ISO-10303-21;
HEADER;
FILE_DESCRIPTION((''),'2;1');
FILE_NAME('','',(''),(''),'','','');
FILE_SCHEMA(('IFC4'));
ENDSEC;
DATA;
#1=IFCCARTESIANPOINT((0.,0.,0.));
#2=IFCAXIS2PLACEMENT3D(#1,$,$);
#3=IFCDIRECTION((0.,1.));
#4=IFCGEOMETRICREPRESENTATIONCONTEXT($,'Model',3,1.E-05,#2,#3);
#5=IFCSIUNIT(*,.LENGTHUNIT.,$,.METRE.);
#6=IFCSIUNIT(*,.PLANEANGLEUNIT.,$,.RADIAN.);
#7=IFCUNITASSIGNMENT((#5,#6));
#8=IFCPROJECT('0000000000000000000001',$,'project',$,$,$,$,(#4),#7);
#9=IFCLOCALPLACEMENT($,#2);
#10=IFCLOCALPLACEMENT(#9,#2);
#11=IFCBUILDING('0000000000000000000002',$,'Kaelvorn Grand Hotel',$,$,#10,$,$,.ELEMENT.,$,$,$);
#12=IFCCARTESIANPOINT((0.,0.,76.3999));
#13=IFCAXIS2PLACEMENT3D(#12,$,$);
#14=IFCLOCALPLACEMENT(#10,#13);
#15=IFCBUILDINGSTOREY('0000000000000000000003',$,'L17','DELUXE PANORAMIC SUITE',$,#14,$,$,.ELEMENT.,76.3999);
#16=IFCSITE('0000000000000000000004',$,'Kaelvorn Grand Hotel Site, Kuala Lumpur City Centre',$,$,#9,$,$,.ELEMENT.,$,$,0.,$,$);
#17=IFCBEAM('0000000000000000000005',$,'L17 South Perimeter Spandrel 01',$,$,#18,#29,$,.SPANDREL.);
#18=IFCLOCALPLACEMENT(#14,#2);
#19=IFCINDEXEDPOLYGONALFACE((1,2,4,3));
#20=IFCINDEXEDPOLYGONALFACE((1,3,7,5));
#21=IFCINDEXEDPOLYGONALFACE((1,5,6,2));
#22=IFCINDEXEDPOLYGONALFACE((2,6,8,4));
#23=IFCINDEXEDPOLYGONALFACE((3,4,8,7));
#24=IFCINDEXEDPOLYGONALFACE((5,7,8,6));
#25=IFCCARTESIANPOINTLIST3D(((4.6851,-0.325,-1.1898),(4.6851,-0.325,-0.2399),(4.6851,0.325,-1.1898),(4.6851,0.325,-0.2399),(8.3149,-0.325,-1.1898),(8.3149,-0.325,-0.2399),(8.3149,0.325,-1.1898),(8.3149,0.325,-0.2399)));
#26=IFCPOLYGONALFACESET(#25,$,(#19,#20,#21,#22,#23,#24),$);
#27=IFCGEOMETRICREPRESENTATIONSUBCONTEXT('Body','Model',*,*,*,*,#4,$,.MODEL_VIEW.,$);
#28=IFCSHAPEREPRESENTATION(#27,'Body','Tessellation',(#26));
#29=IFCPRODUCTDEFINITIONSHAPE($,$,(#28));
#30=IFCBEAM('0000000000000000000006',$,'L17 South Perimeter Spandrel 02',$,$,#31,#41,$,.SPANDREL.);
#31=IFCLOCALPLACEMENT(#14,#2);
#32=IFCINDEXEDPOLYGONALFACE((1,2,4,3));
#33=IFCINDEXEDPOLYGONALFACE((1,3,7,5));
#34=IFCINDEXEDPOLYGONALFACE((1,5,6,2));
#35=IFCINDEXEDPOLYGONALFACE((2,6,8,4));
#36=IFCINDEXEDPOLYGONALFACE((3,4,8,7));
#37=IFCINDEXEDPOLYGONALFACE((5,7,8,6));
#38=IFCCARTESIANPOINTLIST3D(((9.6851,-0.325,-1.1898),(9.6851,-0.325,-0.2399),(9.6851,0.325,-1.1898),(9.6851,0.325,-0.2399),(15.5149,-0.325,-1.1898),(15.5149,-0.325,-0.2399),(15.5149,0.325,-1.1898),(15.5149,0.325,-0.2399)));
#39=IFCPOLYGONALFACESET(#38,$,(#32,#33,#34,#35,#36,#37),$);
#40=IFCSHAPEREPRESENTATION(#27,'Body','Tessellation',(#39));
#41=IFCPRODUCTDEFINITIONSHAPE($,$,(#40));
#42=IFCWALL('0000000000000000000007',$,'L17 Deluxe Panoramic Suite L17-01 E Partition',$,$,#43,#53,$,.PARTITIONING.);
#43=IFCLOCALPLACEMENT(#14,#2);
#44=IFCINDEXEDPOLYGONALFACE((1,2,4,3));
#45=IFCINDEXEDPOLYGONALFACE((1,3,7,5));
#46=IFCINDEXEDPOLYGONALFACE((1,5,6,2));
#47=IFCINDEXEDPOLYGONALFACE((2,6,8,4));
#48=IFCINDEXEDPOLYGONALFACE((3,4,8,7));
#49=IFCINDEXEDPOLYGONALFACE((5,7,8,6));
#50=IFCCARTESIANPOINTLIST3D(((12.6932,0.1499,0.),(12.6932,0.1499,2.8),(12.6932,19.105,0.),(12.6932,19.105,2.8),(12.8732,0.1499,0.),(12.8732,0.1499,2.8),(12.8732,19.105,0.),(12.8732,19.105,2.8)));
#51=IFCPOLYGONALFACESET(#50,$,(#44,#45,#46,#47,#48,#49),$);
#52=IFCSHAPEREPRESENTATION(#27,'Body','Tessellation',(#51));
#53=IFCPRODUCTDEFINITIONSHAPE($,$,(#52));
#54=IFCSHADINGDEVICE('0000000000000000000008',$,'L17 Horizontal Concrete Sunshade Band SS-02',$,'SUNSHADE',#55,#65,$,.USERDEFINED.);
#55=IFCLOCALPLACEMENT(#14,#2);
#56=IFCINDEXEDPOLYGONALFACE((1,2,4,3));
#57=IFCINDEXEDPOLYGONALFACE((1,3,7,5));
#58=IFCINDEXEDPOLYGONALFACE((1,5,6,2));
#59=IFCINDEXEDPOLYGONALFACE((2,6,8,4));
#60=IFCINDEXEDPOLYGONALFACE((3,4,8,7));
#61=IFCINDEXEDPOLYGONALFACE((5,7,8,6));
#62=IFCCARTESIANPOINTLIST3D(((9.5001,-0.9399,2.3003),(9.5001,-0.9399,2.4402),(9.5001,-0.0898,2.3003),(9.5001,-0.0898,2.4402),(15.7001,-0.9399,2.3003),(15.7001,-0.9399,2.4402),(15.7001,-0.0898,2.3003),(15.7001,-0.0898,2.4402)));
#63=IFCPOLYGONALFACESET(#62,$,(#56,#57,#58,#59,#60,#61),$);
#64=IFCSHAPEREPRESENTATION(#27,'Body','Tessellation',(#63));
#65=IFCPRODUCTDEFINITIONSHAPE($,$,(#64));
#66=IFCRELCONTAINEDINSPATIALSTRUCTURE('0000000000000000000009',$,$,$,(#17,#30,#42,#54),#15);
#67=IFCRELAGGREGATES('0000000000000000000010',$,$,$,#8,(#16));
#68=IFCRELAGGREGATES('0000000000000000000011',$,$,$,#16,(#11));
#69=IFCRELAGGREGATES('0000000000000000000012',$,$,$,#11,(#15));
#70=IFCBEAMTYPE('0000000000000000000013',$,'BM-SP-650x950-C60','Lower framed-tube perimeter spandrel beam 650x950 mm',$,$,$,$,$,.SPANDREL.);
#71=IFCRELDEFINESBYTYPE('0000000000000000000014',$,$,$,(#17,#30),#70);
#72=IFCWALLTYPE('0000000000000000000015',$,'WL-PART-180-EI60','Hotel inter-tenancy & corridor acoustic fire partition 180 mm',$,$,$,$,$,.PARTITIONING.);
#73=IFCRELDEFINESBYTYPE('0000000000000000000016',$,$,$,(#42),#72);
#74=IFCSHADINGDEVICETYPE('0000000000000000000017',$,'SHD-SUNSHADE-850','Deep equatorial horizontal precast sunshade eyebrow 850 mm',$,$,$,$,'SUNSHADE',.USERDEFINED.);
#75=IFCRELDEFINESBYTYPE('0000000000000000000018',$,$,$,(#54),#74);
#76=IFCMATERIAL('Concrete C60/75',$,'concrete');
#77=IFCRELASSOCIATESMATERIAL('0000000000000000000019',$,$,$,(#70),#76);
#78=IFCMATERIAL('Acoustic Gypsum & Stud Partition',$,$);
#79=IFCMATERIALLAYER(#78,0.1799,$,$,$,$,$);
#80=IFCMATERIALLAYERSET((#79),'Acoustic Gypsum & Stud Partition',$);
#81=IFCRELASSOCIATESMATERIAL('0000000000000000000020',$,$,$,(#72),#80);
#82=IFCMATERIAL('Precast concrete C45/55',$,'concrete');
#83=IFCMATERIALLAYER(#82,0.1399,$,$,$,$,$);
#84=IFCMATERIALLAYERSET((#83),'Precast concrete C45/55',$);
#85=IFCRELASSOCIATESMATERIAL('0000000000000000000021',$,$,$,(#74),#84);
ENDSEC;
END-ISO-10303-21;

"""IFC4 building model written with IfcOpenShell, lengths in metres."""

from ifc_helpers import new_model, si_unit, direction, frame, frame_2d, origin, origin_2d, place, context, subcontext, project, spatial, rectangle, extrude, material, layer, layer_set, material_profile, profile_set, type_object, element, save


model = new_model("IFC4")

# Units and contexts
model_context = context("Model", 3, precision=1e-05, world=origin(), true_north=direction((0.0, 1.0)))
body_context = subcontext(model_context, "Body", "Model", "MODEL_VIEW")
ifc_project = project(units=[si_unit("LENGTHUNIT", "METRE"), si_unit("PLANEANGLEUNIT", "RADIAN")], contexts=[model_context])

# Site, building, storey
site_placement = place(None, origin())
site = spatial("IfcSite", under=ifc_project, at=site_placement, Name="Kaelvorn Grand Hotel Site, Kuala Lumpur City Centre", CompositionType="ELEMENT", RefElevation=0.0)
building_placement = place(site_placement, origin())
building = spatial("IfcBuilding", under=site, at=building_placement, Name="Kaelvorn Grand Hotel", CompositionType="ELEMENT")
storey_placement = place(building_placement, frame((0.0, 0.0, 76.3999)))
storey = spatial("IfcBuildingStorey", under=building, at=storey_placement, Name="L17", Description="DELUXE PANORAMIC SUITE", CompositionType="ELEMENT", Elevation=76.3999)

# Beams
ifc_material_1 = material(Name="Concrete C60/75", Category="concrete")
ifc_material_profile_1 = material_profile(ifc_material_1, rectangle(XDim=0.6499, YDim=0.95, at=origin_2d()), Name="RC SPANDREL 650x950")
ifc_profile_set_1 = profile_set([ifc_material_profile_1], Name="Concrete C60/75")
beam_type_1 = type_object("IfcBeamType", Name="BM-SP-650x950-C60", Description="Lower framed-tube perimeter spandrel beam 650x950 mm", PredefinedType="SPANDREL", material=ifc_profile_set_1)
beam_1_placement = place(storey_placement, frame((4.6851, 0.0, -0.7148), z_axis=(1.0, 0.0, 0.0), x_axis=(0.0, 1.0, 0.0)))
element("IfcBeam", 1, at=beam_1_placement, inside=storey, type_object=beam_type_1, Name="L17 South Perimeter Spandrel 01", PredefinedType="SPANDREL", context=body_context, shape_type="SweptSolid", body=[
    extrude(rectangle(XDim=0.6499, YDim=0.95, at=origin_2d()), origin(), (0.0, 0.0, 1.0), 3.6299),
])
beam_2_placement = place(storey_placement, frame((9.6851, 0.0, -0.7148), z_axis=(1.0, 0.0, 0.0), x_axis=(0.0, 1.0, 0.0)))
element("IfcBeam", 2, at=beam_2_placement, inside=storey, type_object=beam_type_1, Name="L17 South Perimeter Spandrel 02", PredefinedType="SPANDREL", context=body_context, shape_type="SweptSolid", body=[
    extrude(rectangle(XDim=0.6499, YDim=0.95, at=origin_2d()), origin(), (0.0, 0.0, 1.0), 5.8298),
])

# Wall
ifc_material_2 = material(Name="Acoustic Gypsum & Stud Partition")
ifc_layer_1 = layer(ifc_material_2, 0.1799)
ifc_layer_set_1 = layer_set([ifc_layer_1], Name="Acoustic Gypsum & Stud Partition")
wall_type = type_object("IfcWallType", Name="WL-PART-180-EI60", Description="Hotel inter-tenancy & corridor acoustic fire partition 180 mm", PredefinedType="PARTITIONING", material=ifc_layer_set_1)
wall_placement = place(storey_placement, frame((12.7832, 0.1499, 0.0), z_axis=(0.0, 0.0, 1.0), x_axis=(0.0, 1.0, 0.0)))
element("IfcWall", 3, at=wall_placement, inside=storey, type_object=wall_type, Name="L17 Deluxe Panoramic Suite L17-01 E Partition", PredefinedType="PARTITIONING", context=body_context, shape_type="SweptSolid", body=[
    extrude(rectangle(XDim=18.9551, YDim=0.1799, at=frame_2d((9.4775, 0.0))), origin(), (0.0, 0.0, 1.0), 2.8),
])

# Shading device
ifc_material_3 = material(Name="Precast concrete C45/55", Category="concrete")
ifc_layer_2 = layer(ifc_material_3, 0.1399)
ifc_layer_set_2 = layer_set([ifc_layer_2], Name="Precast concrete C45/55")
shading_device_type = type_object("IfcShadingDeviceType", Name="SHD-SUNSHADE-850", Description="Deep equatorial horizontal precast sunshade eyebrow 850 mm", ElementType="SUNSHADE", PredefinedType="USERDEFINED", material=ifc_layer_set_2)
shading_device_placement = place(storey_placement, frame((12.6001, -0.5149, 2.3003), z_axis=(0.0, 0.0, 1.0), x_axis=(1.0, 0.0, 0.0)))
element("IfcShadingDevice", 4, at=shading_device_placement, inside=storey, type_object=shading_device_type, Name="L17 Horizontal Concrete Sunshade Band SS-02", ObjectType="SUNSHADE", PredefinedType="USERDEFINED", context=body_context, shape_type="SweptSolid", body=[
    extrude(rectangle(XDim=6.2, YDim=0.8501, at=origin_2d()), origin(), (0.0, 0.0, 1.0), 0.1399),
])

save(model, "model.ifc")
